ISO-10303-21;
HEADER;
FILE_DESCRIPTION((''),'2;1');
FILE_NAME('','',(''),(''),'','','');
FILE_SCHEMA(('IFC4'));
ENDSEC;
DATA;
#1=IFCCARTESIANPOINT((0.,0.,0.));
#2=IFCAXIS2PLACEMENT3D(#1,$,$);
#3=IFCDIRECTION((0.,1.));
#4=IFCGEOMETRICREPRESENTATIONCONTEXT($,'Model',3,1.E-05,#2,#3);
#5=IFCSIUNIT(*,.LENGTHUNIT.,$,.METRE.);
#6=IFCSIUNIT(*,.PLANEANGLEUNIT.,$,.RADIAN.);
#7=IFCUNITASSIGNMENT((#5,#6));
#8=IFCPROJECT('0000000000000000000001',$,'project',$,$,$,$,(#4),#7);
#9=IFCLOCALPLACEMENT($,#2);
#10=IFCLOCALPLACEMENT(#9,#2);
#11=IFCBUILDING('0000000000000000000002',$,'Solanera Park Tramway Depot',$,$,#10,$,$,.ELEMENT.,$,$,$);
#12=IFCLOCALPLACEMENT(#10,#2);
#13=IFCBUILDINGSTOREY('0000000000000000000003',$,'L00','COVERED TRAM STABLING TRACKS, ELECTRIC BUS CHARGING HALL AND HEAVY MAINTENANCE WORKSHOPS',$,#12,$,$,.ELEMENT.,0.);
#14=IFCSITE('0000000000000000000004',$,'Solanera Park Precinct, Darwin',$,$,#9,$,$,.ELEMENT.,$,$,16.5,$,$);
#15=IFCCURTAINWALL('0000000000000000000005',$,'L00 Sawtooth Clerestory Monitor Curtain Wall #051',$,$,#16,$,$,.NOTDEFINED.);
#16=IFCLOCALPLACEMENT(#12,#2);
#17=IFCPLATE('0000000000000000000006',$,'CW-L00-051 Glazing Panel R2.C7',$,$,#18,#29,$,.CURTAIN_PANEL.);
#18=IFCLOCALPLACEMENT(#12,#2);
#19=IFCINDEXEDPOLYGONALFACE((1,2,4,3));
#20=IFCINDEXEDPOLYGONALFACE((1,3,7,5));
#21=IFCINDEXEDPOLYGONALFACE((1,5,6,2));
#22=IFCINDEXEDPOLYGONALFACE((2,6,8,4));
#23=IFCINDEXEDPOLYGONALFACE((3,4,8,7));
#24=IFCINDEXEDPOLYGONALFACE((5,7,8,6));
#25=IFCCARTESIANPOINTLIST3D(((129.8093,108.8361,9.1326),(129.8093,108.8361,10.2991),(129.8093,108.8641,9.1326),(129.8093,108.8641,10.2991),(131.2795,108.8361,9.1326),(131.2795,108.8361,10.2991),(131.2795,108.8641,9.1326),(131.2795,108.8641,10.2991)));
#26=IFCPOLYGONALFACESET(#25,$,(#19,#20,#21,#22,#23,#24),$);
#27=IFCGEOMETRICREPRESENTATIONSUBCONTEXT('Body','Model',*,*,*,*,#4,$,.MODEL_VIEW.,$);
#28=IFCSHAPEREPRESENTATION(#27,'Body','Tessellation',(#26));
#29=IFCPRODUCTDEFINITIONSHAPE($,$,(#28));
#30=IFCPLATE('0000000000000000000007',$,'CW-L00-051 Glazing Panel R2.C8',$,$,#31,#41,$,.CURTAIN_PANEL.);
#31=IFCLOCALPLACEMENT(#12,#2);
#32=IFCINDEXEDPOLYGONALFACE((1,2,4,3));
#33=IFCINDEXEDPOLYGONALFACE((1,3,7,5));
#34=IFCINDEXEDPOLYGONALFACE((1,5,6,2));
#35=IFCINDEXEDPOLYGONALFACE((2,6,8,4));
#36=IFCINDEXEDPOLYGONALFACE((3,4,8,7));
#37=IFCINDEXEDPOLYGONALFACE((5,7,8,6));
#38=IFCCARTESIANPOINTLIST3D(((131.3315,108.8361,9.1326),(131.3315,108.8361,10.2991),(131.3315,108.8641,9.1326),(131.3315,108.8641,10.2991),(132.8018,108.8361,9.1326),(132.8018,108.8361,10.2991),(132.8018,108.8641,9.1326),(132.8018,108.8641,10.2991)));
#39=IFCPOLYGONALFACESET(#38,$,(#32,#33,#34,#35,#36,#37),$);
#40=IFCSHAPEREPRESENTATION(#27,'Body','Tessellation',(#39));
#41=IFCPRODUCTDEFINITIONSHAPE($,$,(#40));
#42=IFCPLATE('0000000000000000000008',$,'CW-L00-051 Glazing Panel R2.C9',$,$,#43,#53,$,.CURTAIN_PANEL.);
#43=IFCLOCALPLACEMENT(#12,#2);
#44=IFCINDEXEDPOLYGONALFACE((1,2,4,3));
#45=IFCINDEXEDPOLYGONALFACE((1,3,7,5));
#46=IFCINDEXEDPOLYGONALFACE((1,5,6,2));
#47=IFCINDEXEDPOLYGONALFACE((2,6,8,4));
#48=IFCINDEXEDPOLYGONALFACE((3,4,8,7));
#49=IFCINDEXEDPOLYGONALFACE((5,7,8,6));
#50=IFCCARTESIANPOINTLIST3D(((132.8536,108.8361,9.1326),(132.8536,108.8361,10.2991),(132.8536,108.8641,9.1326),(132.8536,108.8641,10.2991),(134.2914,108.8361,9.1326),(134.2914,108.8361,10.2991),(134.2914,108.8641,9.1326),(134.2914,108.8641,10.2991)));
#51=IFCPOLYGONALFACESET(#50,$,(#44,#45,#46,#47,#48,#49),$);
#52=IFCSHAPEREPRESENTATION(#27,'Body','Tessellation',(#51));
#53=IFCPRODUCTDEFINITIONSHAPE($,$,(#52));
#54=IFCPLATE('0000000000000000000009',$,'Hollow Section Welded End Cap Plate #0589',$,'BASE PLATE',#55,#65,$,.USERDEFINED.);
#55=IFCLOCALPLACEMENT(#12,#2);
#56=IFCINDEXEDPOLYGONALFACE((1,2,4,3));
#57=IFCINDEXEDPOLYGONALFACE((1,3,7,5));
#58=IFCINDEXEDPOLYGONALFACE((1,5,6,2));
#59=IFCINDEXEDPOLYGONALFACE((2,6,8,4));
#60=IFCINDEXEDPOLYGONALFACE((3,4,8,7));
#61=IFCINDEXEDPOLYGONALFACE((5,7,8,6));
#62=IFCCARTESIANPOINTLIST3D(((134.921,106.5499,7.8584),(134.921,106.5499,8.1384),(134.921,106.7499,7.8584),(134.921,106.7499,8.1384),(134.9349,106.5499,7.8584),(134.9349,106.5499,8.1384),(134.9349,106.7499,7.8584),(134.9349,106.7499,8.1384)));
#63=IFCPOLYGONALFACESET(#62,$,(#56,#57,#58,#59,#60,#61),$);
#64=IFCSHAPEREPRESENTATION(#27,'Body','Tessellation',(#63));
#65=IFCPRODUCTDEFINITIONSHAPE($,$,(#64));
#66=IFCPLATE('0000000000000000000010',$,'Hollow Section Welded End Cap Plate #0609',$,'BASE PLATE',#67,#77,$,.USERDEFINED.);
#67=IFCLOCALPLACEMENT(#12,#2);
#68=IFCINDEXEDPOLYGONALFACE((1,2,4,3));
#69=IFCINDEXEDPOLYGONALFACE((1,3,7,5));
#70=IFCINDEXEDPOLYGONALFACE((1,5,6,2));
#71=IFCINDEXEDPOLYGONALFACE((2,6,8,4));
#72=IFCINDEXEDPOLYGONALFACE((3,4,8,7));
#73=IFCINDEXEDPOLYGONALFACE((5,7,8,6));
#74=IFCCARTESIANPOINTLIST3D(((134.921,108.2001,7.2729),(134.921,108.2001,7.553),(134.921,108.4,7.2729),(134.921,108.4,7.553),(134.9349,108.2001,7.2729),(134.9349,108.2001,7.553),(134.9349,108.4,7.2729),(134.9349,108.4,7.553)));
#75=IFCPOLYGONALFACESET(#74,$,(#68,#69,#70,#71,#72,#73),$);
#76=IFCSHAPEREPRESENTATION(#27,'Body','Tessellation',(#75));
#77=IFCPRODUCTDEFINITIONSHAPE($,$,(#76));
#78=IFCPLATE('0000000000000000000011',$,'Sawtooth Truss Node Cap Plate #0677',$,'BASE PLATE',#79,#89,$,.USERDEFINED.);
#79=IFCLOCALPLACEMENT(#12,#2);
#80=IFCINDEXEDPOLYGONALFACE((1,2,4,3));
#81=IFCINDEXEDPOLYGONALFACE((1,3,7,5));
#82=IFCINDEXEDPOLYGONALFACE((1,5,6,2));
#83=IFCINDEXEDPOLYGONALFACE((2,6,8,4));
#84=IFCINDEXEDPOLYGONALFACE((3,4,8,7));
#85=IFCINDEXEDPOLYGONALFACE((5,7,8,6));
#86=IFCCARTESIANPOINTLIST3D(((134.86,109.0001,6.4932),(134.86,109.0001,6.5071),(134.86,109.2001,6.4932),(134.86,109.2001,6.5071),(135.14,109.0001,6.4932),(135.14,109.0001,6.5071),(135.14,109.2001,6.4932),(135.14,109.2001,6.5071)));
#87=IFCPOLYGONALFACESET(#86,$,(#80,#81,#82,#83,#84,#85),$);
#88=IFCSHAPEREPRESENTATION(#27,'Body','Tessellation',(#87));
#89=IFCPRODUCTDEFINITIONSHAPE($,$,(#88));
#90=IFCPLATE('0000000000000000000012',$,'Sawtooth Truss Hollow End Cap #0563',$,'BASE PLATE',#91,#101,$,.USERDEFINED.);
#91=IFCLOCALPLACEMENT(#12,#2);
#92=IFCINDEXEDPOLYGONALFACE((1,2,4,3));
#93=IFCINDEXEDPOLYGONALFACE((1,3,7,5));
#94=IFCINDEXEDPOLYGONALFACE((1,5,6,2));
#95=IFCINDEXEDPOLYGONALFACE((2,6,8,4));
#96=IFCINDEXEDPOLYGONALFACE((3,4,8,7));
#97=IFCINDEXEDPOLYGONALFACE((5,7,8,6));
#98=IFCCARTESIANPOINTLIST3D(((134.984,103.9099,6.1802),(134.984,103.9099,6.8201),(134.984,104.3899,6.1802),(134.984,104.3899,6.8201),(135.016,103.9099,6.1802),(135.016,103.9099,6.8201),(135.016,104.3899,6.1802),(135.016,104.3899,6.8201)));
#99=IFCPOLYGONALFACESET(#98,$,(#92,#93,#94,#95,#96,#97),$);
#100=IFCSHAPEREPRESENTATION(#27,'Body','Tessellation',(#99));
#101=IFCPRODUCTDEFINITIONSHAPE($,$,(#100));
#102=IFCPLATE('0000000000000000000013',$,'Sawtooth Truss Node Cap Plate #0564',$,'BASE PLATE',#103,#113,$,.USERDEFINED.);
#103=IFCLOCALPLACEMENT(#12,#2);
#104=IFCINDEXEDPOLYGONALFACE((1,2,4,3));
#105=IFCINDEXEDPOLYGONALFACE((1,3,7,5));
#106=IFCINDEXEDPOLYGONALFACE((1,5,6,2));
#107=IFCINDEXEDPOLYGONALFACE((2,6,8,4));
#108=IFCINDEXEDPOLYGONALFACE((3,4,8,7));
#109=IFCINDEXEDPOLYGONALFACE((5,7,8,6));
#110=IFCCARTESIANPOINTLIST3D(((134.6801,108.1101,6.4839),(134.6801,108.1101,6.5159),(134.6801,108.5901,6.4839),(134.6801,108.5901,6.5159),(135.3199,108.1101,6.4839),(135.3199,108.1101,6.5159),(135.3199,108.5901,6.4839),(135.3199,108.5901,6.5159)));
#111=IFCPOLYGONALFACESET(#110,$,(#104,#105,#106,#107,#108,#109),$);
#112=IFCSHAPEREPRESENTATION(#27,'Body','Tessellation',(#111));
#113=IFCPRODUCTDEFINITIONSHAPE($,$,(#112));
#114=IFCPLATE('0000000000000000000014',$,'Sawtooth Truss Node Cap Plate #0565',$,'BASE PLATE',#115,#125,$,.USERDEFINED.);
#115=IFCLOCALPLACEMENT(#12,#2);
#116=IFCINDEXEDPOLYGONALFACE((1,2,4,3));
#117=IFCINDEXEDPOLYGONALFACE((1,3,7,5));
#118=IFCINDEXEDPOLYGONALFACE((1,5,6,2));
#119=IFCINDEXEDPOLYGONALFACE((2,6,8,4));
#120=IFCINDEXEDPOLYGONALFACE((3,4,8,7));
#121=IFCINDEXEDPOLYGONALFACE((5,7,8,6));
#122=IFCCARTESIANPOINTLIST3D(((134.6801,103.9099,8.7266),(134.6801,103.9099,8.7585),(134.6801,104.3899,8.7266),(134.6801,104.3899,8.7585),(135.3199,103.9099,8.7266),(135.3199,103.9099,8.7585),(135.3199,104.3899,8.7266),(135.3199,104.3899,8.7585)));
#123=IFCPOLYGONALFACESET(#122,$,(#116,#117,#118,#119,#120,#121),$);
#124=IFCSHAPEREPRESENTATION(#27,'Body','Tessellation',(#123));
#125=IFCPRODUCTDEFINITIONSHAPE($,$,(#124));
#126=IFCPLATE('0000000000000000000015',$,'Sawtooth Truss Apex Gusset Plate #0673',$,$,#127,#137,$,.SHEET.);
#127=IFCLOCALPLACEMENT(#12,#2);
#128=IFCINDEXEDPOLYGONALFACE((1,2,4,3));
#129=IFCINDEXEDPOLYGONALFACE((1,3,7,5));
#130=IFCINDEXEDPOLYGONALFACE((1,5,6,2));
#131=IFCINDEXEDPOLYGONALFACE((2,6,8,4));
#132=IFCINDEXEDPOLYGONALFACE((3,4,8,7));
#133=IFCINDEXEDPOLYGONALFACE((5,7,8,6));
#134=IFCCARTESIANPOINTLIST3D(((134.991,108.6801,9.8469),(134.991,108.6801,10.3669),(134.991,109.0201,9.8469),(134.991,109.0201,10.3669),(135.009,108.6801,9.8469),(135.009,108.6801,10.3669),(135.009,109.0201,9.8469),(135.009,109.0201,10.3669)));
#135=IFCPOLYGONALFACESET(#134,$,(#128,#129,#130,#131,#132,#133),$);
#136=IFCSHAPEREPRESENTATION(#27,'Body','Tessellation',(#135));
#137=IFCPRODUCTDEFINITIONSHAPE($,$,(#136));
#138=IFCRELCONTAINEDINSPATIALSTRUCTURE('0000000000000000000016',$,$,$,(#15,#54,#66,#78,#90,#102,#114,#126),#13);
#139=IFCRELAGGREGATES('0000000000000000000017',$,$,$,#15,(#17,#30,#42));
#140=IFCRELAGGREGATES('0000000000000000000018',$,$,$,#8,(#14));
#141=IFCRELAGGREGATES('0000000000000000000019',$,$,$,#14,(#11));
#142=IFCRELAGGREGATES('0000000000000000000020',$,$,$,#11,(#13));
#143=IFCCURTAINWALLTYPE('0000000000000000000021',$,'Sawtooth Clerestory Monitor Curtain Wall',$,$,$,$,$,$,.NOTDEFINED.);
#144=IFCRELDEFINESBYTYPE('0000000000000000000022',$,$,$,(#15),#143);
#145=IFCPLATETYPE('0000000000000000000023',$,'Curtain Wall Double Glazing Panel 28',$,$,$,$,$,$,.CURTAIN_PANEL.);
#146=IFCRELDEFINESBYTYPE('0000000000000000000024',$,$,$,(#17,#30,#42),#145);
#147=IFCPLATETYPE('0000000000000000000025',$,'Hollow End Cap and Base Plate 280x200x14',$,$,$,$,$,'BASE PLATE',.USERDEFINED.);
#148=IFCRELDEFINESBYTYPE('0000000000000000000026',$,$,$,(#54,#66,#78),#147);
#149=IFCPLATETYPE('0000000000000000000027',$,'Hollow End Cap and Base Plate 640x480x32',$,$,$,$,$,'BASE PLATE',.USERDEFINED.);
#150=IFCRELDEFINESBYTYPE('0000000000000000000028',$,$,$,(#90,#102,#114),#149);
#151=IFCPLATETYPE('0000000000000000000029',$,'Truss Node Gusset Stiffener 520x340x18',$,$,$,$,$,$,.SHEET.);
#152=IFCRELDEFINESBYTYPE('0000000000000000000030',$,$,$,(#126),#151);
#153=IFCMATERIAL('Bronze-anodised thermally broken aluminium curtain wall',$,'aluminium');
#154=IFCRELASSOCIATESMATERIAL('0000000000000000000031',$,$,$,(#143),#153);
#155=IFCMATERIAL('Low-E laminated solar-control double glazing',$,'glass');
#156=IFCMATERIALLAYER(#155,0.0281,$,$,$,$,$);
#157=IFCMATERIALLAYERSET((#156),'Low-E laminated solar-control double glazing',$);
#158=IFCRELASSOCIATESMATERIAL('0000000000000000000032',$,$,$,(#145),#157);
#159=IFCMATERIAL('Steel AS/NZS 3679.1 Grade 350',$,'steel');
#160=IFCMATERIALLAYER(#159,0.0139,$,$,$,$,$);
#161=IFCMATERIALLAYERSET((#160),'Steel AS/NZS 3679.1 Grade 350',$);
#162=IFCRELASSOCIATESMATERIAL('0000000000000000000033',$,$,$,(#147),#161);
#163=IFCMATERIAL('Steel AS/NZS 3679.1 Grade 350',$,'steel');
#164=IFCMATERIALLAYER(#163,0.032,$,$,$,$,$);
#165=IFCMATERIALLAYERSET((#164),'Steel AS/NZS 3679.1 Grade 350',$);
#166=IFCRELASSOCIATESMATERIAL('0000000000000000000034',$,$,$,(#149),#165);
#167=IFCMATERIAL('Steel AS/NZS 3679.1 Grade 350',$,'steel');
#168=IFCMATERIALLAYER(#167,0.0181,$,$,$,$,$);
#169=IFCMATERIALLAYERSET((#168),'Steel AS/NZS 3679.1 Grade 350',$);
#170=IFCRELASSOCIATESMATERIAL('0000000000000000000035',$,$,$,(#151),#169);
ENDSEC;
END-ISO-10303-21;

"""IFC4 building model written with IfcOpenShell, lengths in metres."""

from ifc_helpers import new_model, si_unit, direction, frame, origin, origin_2d, place, context, subcontext, project, spatial, rectangle, extrude, material, layer, layer_set, type_object, element, aggregate, save


model = new_model("IFC4")

# Units and contexts
model_context = context("Model", 3, precision=1e-05, world=origin(), true_north=direction((0.0, 1.0)))
body_context = subcontext(model_context, "Body", "Model", "MODEL_VIEW")
ifc_project = project(units=[si_unit("LENGTHUNIT", "METRE"), si_unit("PLANEANGLEUNIT", "RADIAN")], contexts=[model_context])

# Site, building, storey
site_placement = place(None, origin())
site = spatial("IfcSite", under=ifc_project, at=site_placement, Name="Solanera Park Precinct, Darwin", CompositionType="ELEMENT", RefElevation=16.5)
building_placement = place(site_placement, origin())
building = spatial("IfcBuilding", under=site, at=building_placement, Name="Solanera Park Tramway Depot", CompositionType="ELEMENT")
storey_placement = place(building_placement, origin())
storey = spatial("IfcBuildingStorey", under=building, at=storey_placement, Name="L00", Description="COVERED TRAM STABLING TRACKS, ELECTRIC BUS CHARGING HALL AND HEAVY MAINTENANCE WORKSHOPS", CompositionType="ELEMENT", Elevation=0.0)

# Curtain wall
ifc_material_1 = material(Name="Bronze-anodised thermally broken aluminium curtain wall", Category="aluminium")
curtain_wall_type = type_object("IfcCurtainWallType", Name="Sawtooth Clerestory Monitor Curtain Wall", PredefinedType="NOTDEFINED", material=ifc_material_1)
curtain_wall_placement = place(storey_placement, origin())
curtain_wall = element("IfcCurtainWall", 1, at=curtain_wall_placement, inside=storey, type_object=curtain_wall_type, Name="L00 Sawtooth Clerestory Monitor Curtain Wall #051", PredefinedType="NOTDEFINED")

# Plates
ifc_material_2 = material(Name="Low-E laminated solar-control double glazing", Category="glass")
ifc_layer_1 = layer(ifc_material_2, 0.0281)
ifc_layer_set_1 = layer_set([ifc_layer_1], Name="Low-E laminated solar-control double glazing")
plate_type_1 = type_object("IfcPlateType", Name="Curtain Wall Double Glazing Panel 28", PredefinedType="CURTAIN_PANEL", material=ifc_layer_set_1)
plate_1_placement = place(storey_placement, frame((130.5444, 108.8501, 9.1326), z_axis=(0.0, 0.0, 1.0), x_axis=(1.0, 0.0, 0.0)))
plate_1 = element("IfcPlate", 2, at=plate_1_placement, type_object=plate_type_1, Name="CW-L00-051 Glazing Panel R2.C7", PredefinedType="CURTAIN_PANEL", context=body_context, shape_type="SweptSolid", body=[
    extrude(rectangle(XDim=1.4702, YDim=0.0281, at=origin_2d()), origin(), (0.0, 0.0, 1.0), 1.1665),
])
plate_2_placement = place(storey_placement, frame((132.0667, 108.8501, 9.1326), z_axis=(0.0, 0.0, 1.0), x_axis=(1.0, 0.0, 0.0)))
plate_2 = element("IfcPlate", 3, at=plate_2_placement, type_object=plate_type_1, Name="CW-L00-051 Glazing Panel R2.C8", PredefinedType="CURTAIN_PANEL", context=body_context, shape_type="SweptSolid", body=[
    extrude(rectangle(XDim=1.4702, YDim=0.0281, at=origin_2d()), origin(), (0.0, 0.0, 1.0), 1.1665),
])
plate_3_placement = place(storey_placement, frame((133.5725, 108.8501, 9.1326), z_axis=(0.0, 0.0, 1.0), x_axis=(1.0, 0.0, 0.0)))
plate_3 = element("IfcPlate", 4, at=plate_3_placement, type_object=plate_type_1, Name="CW-L00-051 Glazing Panel R2.C9", PredefinedType="CURTAIN_PANEL", context=body_context, shape_type="SweptSolid", body=[
    extrude(rectangle(XDim=1.4377, YDim=0.0281, at=origin_2d()), origin(), (0.0, 0.0, 1.0), 1.1665),
])
aggregate(curtain_wall, [plate_1, plate_2, plate_3])

# Plates
ifc_material_3 = material(Name="Steel AS/NZS 3679.1 Grade 350", Category="steel")
ifc_layer_2 = layer(ifc_material_3, 0.0139)
ifc_layer_set_2 = layer_set([ifc_layer_2], Name="Steel AS/NZS 3679.1 Grade 350")
plate_type_2 = type_object("IfcPlateType", Name="Hollow End Cap and Base Plate 280x200x14", ElementType="BASE PLATE", PredefinedType="USERDEFINED", material=ifc_layer_set_2)
for number, where, z_axis, x_axis, name in (
    (5, (134.928, 106.6499, 7.8584), (0.0, 0.0, 1.0), (1.0, 0.0, 0.0), "Hollow Section Welded End Cap Plate #0589"),
    (6, (134.928, 108.3, 7.2729), (0.0, 0.0, 1.0), (1.0, 0.0, 0.0), "Hollow Section Welded End Cap Plate #0609"),
):
    element("IfcPlate", number, at=place(storey_placement, frame(where, z_axis=z_axis, x_axis=x_axis)), inside=storey, type_object=plate_type_2, Name=name, ObjectType="BASE PLATE", PredefinedType="USERDEFINED", context=body_context, shape_type="SweptSolid", body=[
        extrude(rectangle(XDim=0.0139, YDim=0.2, at=origin_2d()), origin(), (0.0, 0.0, 1.0), 0.28),
    ])
plate_4_placement = place(storey_placement, frame((135.0, 109.1001, 6.4932), z_axis=(0.0, 0.0, 1.0), x_axis=(1.0, 0.0, 0.0)))
element("IfcPlate", 7, at=plate_4_placement, inside=storey, type_object=plate_type_2, Name="Sawtooth Truss Node Cap Plate #0677", ObjectType="BASE PLATE", PredefinedType="USERDEFINED", context=body_context, shape_type="SweptSolid", body=[
    extrude(rectangle(XDim=0.28, YDim=0.2, at=origin_2d()), origin(), (0.0, 0.0, 1.0), 0.0139),
])
ifc_material_4 = material(Name="Steel AS/NZS 3679.1 Grade 350", Category="steel")
ifc_layer_3 = layer(ifc_material_4, 0.032)
ifc_layer_set_3 = layer_set([ifc_layer_3], Name="Steel AS/NZS 3679.1 Grade 350")
plate_type_3 = type_object("IfcPlateType", Name="Hollow End Cap and Base Plate 640x480x32", ElementType="BASE PLATE", PredefinedType="USERDEFINED", material=ifc_layer_set_3)
plate_5_placement = place(storey_placement, frame((135.0, 104.1499, 6.1802), z_axis=(0.0, 0.0, 1.0), x_axis=(1.0, 0.0, 0.0)))
element("IfcPlate", 8, at=plate_5_placement, inside=storey, type_object=plate_type_3, Name="Sawtooth Truss Hollow End Cap #0563", ObjectType="BASE PLATE", PredefinedType="USERDEFINED", context=body_context, shape_type="SweptSolid", body=[
    extrude(rectangle(XDim=0.032, YDim=0.48, at=origin_2d()), origin(), (0.0, 0.0, 1.0), 0.6399),
])
for number, where, z_axis, x_axis, name in (
    (9, (135.0, 108.3501, 6.4839), (0.0, 0.0, 1.0), (1.0, 0.0, 0.0), "Sawtooth Truss Node Cap Plate #0564"),
    (10, (135.0, 104.1499, 8.7266), (0.0, 0.0, 1.0), (1.0, 0.0, 0.0), "Sawtooth Truss Node Cap Plate #0565"),
):
    element("IfcPlate", number, at=place(storey_placement, frame(where, z_axis=z_axis, x_axis=x_axis)), inside=storey, type_object=plate_type_3, Name=name, ObjectType="BASE PLATE", PredefinedType="USERDEFINED", context=body_context, shape_type="SweptSolid", body=[
        extrude(rectangle(XDim=0.6399, YDim=0.48, at=origin_2d()), origin(), (0.0, 0.0, 1.0), 0.032),
    ])
ifc_material_5 = material(Name="Steel AS/NZS 3679.1 Grade 350", Category="steel")
ifc_layer_4 = layer(ifc_material_5, 0.0181)
ifc_layer_set_4 = layer_set([ifc_layer_4], Name="Steel AS/NZS 3679.1 Grade 350")
plate_type_4 = type_object("IfcPlateType", Name="Truss Node Gusset Stiffener 520x340x18", PredefinedType="SHEET", material=ifc_layer_set_4)
plate_6_placement = place(storey_placement, frame((135.0, 108.8501, 9.8469), z_axis=(0.0, 0.0, 1.0), x_axis=(1.0, 0.0, 0.0)))
element("IfcPlate", 11, at=plate_6_placement, inside=storey, type_object=plate_type_4, Name="Sawtooth Truss Apex Gusset Plate #0673", PredefinedType="SHEET", context=body_context, shape_type="SweptSolid", body=[
    extrude(rectangle(XDim=0.0181, YDim=0.3401, at=origin_2d()), origin(), (0.0, 0.0, 1.0), 0.52),
])

save(model, "model.ifc")
